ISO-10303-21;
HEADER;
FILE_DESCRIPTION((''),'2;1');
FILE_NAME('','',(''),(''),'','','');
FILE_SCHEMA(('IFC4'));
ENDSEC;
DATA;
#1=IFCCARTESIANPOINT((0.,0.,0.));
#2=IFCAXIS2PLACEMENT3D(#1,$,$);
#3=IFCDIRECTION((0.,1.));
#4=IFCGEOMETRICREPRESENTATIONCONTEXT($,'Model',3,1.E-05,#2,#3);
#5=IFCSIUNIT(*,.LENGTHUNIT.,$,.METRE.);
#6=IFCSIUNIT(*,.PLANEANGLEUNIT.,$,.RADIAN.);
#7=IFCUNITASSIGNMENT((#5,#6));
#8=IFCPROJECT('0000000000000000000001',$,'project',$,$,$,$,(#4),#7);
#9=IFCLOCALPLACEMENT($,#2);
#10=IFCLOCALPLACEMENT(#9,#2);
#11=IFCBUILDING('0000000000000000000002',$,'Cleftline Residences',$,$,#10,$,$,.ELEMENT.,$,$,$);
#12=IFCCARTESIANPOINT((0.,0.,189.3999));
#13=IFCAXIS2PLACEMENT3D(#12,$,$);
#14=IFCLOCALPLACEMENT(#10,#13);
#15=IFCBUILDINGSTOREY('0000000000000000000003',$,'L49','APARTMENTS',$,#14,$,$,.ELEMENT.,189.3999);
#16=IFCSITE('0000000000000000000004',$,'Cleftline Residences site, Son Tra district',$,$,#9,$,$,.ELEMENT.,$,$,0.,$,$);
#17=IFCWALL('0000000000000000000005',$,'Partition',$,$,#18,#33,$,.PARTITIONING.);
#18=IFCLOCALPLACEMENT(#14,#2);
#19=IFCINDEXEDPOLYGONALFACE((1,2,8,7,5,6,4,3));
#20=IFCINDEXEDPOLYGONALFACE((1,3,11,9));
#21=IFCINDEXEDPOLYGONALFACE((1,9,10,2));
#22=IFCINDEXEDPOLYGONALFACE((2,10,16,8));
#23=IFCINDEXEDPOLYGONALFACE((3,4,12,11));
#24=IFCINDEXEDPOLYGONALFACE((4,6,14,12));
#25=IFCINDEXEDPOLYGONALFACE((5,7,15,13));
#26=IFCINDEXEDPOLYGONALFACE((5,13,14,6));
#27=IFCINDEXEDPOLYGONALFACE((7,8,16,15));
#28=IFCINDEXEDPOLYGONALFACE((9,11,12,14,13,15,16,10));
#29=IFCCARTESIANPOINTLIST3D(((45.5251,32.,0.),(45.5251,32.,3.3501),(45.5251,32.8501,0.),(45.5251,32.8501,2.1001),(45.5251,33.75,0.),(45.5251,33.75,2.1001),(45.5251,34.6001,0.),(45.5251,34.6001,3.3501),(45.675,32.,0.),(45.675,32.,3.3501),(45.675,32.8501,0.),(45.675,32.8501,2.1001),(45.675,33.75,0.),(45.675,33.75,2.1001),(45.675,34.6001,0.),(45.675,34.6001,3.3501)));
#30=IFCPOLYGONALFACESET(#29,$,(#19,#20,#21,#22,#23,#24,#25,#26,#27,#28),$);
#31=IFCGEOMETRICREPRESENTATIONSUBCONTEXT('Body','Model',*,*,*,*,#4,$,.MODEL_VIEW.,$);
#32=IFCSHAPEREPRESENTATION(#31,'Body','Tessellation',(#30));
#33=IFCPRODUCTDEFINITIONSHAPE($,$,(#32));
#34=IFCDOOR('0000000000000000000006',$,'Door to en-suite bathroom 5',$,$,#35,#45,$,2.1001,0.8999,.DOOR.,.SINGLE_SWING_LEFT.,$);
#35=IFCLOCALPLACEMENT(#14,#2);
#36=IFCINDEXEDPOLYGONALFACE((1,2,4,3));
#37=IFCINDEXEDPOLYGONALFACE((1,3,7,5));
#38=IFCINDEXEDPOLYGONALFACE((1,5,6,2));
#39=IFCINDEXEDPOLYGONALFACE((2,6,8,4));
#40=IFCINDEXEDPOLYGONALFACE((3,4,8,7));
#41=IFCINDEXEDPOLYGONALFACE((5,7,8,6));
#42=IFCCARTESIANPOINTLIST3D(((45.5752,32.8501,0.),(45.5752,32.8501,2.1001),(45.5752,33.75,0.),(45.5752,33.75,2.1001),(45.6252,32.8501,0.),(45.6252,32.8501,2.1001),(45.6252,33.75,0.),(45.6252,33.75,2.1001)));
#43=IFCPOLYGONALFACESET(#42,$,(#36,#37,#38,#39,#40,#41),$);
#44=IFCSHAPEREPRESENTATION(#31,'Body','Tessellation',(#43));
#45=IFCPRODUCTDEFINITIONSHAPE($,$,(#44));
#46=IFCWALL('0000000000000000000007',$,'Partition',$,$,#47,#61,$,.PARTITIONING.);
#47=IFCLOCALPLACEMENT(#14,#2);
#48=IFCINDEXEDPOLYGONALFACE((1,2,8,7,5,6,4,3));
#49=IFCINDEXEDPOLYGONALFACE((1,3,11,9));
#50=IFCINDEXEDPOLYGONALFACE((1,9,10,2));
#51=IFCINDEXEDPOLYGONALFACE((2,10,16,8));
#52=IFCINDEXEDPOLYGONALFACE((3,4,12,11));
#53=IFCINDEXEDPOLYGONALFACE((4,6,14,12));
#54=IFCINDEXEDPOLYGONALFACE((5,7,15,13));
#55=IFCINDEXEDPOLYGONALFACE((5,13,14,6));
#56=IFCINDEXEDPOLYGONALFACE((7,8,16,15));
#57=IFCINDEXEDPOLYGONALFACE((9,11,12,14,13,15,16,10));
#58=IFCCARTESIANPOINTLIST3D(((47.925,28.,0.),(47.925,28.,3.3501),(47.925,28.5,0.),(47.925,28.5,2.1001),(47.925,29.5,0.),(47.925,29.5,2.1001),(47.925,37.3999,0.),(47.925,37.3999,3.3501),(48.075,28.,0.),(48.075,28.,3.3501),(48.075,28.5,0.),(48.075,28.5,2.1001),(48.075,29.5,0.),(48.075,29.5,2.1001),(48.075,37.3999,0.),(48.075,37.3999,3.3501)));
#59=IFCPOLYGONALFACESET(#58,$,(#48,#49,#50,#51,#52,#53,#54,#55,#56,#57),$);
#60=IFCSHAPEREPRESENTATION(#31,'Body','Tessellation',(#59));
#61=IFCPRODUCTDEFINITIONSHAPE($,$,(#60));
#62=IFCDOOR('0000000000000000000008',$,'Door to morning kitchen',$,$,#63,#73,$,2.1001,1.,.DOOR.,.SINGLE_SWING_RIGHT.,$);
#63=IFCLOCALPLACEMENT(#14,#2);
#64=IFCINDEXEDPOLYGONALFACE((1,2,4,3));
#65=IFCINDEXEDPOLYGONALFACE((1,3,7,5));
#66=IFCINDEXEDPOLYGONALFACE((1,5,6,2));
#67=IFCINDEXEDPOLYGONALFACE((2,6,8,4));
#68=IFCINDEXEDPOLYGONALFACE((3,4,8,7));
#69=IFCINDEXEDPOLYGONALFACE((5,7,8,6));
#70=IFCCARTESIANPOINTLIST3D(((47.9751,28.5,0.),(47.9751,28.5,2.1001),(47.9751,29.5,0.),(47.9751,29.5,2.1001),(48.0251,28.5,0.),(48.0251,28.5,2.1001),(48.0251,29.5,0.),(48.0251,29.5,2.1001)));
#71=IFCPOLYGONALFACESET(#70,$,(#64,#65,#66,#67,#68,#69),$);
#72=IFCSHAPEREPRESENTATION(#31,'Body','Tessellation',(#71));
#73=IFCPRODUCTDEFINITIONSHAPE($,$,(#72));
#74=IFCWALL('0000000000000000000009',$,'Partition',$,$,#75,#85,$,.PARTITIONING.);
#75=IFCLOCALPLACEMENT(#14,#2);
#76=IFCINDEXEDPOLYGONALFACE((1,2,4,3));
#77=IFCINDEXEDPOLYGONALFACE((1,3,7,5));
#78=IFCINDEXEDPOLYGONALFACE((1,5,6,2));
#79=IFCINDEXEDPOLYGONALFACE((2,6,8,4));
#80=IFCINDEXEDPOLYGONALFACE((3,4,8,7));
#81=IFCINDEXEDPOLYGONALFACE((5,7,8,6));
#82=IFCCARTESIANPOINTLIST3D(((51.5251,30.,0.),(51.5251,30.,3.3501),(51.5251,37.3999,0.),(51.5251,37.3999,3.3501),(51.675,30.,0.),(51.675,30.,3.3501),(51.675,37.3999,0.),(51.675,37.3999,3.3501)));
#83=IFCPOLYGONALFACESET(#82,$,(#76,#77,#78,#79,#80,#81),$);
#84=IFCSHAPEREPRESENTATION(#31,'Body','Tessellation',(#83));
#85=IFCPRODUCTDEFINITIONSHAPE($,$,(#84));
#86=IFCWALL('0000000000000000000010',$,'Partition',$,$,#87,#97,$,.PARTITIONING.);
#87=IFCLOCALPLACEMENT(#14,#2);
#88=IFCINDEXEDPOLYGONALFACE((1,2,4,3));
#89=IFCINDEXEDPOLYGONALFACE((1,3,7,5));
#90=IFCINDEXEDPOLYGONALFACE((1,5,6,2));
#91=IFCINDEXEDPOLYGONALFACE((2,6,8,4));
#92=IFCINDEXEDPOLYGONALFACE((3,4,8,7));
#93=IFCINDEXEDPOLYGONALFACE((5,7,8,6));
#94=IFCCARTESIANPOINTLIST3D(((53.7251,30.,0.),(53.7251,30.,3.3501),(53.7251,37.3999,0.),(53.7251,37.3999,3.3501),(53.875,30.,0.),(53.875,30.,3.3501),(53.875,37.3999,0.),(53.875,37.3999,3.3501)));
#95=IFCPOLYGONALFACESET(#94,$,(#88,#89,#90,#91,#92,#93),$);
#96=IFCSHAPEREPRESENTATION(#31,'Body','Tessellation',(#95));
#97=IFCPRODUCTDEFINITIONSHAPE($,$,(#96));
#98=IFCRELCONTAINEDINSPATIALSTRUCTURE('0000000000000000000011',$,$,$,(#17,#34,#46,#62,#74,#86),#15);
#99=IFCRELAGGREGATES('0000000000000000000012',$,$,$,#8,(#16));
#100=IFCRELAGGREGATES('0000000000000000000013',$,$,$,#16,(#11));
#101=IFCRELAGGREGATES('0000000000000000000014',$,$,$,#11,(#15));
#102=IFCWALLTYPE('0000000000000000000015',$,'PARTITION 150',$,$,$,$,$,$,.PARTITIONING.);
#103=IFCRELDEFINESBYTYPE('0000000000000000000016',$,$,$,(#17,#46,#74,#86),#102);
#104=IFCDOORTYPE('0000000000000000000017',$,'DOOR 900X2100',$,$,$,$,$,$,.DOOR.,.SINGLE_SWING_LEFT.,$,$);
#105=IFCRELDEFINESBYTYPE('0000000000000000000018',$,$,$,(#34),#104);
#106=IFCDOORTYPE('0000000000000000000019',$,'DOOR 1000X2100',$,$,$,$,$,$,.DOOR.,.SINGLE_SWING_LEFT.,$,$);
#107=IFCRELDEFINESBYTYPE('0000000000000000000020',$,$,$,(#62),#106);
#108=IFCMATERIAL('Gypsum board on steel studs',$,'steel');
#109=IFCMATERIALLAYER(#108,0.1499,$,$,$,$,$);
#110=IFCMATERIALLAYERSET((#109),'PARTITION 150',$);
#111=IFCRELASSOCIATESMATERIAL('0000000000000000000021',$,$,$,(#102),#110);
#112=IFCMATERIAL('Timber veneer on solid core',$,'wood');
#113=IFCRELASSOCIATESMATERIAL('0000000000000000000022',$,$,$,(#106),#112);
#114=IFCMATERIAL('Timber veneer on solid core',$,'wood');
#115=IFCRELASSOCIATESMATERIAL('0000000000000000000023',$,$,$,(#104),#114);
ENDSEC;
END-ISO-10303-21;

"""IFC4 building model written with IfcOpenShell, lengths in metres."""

from ifc_helpers import new_model, si_unit, direction, frame, frame_2d, origin, place, context, subcontext, project, spatial, rectangle, extrude, material, layer, layer_set, type_object, element, fill, save


model = new_model("IFC4")

# Units and contexts
model_context = context("Model", 3, precision=1e-05, world=origin(), true_north=direction((0.0, 1.0)))
body_context = subcontext(model_context, "Body", "Model", "MODEL_VIEW")
ifc_project = project(units=[si_unit("LENGTHUNIT", "METRE"), si_unit("PLANEANGLEUNIT", "RADIAN")], contexts=[model_context])

# Site, building, storey
site_placement = place(None, origin())
site = spatial("IfcSite", under=ifc_project, at=site_placement, Name="Cleftline Residences site, Son Tra district", CompositionType="ELEMENT", RefElevation=0.0)
building_placement = place(site_placement, origin())
building = spatial("IfcBuilding", under=site, at=building_placement, Name="Cleftline Residences", CompositionType="ELEMENT")
storey_placement = place(building_placement, frame((0.0, 0.0, 189.3999)))
storey = spatial("IfcBuildingStorey", under=building, at=storey_placement, Name="L49", Description="APARTMENTS", CompositionType="ELEMENT", Elevation=189.3999)

# Shared definitions
ifc_material_1 = material(Name="Gypsum board on steel studs", Category="steel")
ifc_layer_1 = layer(ifc_material_1, 0.1499)
ifc_layer_set_1 = layer_set([ifc_layer_1], Name="PARTITION 150")
wall_type_1 = type_object("IfcWallType", Name="PARTITION 150", PredefinedType="PARTITIONING", material=ifc_layer_set_1)
ifc_material_2 = material(Name="Timber veneer on solid core", Category="wood")
door_type_1 = type_object("IfcDoorType", Name="DOOR 1000X2100", OperationType="SINGLE_SWING_LEFT", PredefinedType="DOOR", material=ifc_material_2)

# Walls, openings, doors
wall_1_placement = place(storey_placement, frame((45.6001, 32.0, 0.0), z_axis=(0.0, 0.0, 1.0), x_axis=(0.0, 1.0, 0.0)))
wall_1 = element("IfcWall", 1, at=wall_1_placement, inside=storey, type_object=wall_type_1, Name="Partition", PredefinedType="PARTITIONING", context=body_context, shape_type="SweptSolid", body=[
    extrude(rectangle(XDim=2.6001, YDim=0.1499, at=frame_2d((1.3, 0.0))), origin(), (0.0, 0.0, 1.0), 3.3501),
])
opening_1_placement = place(wall_1_placement, frame((0.8501, 0.0, 0.0)))
opening_1 = element("IfcOpeningElement", 2, at=opening_1_placement, cuts=wall_1, PredefinedType="OPENING", context=body_context, shape_type="SweptSolid", body=[
    extrude(rectangle(XDim=0.8999, YDim=2.1001, at=frame_2d((0.45, 1.05))), frame((0.0, 0.085, 0.0), z_axis=(0.0, -1.0, 0.0), x_axis=(1.0, 0.0, 0.0)), (0.0, 0.0, 1.0), 0.1699),
])
ifc_material_3 = material(Name="Timber veneer on solid core", Category="wood")
door_type_2 = type_object("IfcDoorType", Name="DOOR 900X2100", OperationType="SINGLE_SWING_LEFT", PredefinedType="DOOR", material=ifc_material_3)
door_1_placement = place(opening_1_placement, origin())
door_1 = element("IfcDoor", 3, at=door_1_placement, inside=storey, type_object=door_type_2, Name="Door to en-suite bathroom 5", OperationType="SINGLE_SWING_LEFT", OverallHeight=2.1001, OverallWidth=0.8999, PredefinedType="DOOR", context=body_context, shape_type="SweptSolid", body=[
    extrude(rectangle(XDim=0.8999, YDim=2.1001, at=frame_2d((0.45, 1.05))), frame((0.0, 0.0249, 0.0), z_axis=(0.0, -1.0, 0.0), x_axis=(1.0, 0.0, 0.0)), (0.0, 0.0, 1.0), 0.05),
])
fill(opening_1, door_1)
wall_2_placement = place(storey_placement, frame((48.0, 28.0, 0.0), z_axis=(0.0, 0.0, 1.0), x_axis=(0.0, 1.0, 0.0)))
wall_2 = element("IfcWall", 4, at=wall_2_placement, inside=storey, type_object=wall_type_1, Name="Partition", PredefinedType="PARTITIONING", context=body_context, shape_type="SweptSolid", body=[
    extrude(rectangle(XDim=9.3999, YDim=0.1499, at=frame_2d((4.7, 0.0))), origin(), (0.0, 0.0, 1.0), 3.3501),
])
opening_2_placement = place(wall_2_placement, frame((0.5, 0.0, 0.0)))
opening_2 = element("IfcOpeningElement", 5, at=opening_2_placement, cuts=wall_2, PredefinedType="OPENING", context=body_context, shape_type="SweptSolid", body=[
    extrude(rectangle(XDim=1.0, YDim=2.1001, at=frame_2d((0.5, 1.05))), frame((0.0, 0.085, 0.0), z_axis=(0.0, -1.0, 0.0), x_axis=(1.0, 0.0, 0.0)), (0.0, 0.0, 1.0), 0.1699),
])
door_2_placement = place(opening_2_placement, origin())
door_2 = element("IfcDoor", 6, at=door_2_placement, inside=storey, type_object=door_type_1, Name="Door to morning kitchen", OperationType="SINGLE_SWING_RIGHT", OverallHeight=2.1001, OverallWidth=1.0, PredefinedType="DOOR", context=body_context, shape_type="SweptSolid", body=[
    extrude(rectangle(XDim=1.0, YDim=2.1001, at=frame_2d((0.5, 1.05))), frame((0.0, 0.0249, 0.0), z_axis=(0.0, -1.0, 0.0), x_axis=(1.0, 0.0, 0.0)), (0.0, 0.0, 1.0), 0.05),
])
fill(opening_2, door_2)

# Walls
for number, where, z_axis, x_axis, name in (
    (7, (51.6001, 30.0, 0.0), (0.0, 0.0, 1.0), (0.0, 1.0, 0.0), "Partition"),
    (8, (53.8, 30.0, 0.0), (0.0, 0.0, 1.0), (0.0, 1.0, 0.0), "Partition"),
):
    element("IfcWall", number, at=place(storey_placement, frame(where, z_axis=z_axis, x_axis=x_axis)), inside=storey, type_object=wall_type_1, Name=name, PredefinedType="PARTITIONING", context=body_context, shape_type="SweptSolid", body=[
        extrude(rectangle(XDim=7.3999, YDim=0.1499, at=frame_2d((3.7, 0.0))), origin(), (0.0, 0.0, 1.0), 3.3501),
    ])

save(model, "model.ifc")
